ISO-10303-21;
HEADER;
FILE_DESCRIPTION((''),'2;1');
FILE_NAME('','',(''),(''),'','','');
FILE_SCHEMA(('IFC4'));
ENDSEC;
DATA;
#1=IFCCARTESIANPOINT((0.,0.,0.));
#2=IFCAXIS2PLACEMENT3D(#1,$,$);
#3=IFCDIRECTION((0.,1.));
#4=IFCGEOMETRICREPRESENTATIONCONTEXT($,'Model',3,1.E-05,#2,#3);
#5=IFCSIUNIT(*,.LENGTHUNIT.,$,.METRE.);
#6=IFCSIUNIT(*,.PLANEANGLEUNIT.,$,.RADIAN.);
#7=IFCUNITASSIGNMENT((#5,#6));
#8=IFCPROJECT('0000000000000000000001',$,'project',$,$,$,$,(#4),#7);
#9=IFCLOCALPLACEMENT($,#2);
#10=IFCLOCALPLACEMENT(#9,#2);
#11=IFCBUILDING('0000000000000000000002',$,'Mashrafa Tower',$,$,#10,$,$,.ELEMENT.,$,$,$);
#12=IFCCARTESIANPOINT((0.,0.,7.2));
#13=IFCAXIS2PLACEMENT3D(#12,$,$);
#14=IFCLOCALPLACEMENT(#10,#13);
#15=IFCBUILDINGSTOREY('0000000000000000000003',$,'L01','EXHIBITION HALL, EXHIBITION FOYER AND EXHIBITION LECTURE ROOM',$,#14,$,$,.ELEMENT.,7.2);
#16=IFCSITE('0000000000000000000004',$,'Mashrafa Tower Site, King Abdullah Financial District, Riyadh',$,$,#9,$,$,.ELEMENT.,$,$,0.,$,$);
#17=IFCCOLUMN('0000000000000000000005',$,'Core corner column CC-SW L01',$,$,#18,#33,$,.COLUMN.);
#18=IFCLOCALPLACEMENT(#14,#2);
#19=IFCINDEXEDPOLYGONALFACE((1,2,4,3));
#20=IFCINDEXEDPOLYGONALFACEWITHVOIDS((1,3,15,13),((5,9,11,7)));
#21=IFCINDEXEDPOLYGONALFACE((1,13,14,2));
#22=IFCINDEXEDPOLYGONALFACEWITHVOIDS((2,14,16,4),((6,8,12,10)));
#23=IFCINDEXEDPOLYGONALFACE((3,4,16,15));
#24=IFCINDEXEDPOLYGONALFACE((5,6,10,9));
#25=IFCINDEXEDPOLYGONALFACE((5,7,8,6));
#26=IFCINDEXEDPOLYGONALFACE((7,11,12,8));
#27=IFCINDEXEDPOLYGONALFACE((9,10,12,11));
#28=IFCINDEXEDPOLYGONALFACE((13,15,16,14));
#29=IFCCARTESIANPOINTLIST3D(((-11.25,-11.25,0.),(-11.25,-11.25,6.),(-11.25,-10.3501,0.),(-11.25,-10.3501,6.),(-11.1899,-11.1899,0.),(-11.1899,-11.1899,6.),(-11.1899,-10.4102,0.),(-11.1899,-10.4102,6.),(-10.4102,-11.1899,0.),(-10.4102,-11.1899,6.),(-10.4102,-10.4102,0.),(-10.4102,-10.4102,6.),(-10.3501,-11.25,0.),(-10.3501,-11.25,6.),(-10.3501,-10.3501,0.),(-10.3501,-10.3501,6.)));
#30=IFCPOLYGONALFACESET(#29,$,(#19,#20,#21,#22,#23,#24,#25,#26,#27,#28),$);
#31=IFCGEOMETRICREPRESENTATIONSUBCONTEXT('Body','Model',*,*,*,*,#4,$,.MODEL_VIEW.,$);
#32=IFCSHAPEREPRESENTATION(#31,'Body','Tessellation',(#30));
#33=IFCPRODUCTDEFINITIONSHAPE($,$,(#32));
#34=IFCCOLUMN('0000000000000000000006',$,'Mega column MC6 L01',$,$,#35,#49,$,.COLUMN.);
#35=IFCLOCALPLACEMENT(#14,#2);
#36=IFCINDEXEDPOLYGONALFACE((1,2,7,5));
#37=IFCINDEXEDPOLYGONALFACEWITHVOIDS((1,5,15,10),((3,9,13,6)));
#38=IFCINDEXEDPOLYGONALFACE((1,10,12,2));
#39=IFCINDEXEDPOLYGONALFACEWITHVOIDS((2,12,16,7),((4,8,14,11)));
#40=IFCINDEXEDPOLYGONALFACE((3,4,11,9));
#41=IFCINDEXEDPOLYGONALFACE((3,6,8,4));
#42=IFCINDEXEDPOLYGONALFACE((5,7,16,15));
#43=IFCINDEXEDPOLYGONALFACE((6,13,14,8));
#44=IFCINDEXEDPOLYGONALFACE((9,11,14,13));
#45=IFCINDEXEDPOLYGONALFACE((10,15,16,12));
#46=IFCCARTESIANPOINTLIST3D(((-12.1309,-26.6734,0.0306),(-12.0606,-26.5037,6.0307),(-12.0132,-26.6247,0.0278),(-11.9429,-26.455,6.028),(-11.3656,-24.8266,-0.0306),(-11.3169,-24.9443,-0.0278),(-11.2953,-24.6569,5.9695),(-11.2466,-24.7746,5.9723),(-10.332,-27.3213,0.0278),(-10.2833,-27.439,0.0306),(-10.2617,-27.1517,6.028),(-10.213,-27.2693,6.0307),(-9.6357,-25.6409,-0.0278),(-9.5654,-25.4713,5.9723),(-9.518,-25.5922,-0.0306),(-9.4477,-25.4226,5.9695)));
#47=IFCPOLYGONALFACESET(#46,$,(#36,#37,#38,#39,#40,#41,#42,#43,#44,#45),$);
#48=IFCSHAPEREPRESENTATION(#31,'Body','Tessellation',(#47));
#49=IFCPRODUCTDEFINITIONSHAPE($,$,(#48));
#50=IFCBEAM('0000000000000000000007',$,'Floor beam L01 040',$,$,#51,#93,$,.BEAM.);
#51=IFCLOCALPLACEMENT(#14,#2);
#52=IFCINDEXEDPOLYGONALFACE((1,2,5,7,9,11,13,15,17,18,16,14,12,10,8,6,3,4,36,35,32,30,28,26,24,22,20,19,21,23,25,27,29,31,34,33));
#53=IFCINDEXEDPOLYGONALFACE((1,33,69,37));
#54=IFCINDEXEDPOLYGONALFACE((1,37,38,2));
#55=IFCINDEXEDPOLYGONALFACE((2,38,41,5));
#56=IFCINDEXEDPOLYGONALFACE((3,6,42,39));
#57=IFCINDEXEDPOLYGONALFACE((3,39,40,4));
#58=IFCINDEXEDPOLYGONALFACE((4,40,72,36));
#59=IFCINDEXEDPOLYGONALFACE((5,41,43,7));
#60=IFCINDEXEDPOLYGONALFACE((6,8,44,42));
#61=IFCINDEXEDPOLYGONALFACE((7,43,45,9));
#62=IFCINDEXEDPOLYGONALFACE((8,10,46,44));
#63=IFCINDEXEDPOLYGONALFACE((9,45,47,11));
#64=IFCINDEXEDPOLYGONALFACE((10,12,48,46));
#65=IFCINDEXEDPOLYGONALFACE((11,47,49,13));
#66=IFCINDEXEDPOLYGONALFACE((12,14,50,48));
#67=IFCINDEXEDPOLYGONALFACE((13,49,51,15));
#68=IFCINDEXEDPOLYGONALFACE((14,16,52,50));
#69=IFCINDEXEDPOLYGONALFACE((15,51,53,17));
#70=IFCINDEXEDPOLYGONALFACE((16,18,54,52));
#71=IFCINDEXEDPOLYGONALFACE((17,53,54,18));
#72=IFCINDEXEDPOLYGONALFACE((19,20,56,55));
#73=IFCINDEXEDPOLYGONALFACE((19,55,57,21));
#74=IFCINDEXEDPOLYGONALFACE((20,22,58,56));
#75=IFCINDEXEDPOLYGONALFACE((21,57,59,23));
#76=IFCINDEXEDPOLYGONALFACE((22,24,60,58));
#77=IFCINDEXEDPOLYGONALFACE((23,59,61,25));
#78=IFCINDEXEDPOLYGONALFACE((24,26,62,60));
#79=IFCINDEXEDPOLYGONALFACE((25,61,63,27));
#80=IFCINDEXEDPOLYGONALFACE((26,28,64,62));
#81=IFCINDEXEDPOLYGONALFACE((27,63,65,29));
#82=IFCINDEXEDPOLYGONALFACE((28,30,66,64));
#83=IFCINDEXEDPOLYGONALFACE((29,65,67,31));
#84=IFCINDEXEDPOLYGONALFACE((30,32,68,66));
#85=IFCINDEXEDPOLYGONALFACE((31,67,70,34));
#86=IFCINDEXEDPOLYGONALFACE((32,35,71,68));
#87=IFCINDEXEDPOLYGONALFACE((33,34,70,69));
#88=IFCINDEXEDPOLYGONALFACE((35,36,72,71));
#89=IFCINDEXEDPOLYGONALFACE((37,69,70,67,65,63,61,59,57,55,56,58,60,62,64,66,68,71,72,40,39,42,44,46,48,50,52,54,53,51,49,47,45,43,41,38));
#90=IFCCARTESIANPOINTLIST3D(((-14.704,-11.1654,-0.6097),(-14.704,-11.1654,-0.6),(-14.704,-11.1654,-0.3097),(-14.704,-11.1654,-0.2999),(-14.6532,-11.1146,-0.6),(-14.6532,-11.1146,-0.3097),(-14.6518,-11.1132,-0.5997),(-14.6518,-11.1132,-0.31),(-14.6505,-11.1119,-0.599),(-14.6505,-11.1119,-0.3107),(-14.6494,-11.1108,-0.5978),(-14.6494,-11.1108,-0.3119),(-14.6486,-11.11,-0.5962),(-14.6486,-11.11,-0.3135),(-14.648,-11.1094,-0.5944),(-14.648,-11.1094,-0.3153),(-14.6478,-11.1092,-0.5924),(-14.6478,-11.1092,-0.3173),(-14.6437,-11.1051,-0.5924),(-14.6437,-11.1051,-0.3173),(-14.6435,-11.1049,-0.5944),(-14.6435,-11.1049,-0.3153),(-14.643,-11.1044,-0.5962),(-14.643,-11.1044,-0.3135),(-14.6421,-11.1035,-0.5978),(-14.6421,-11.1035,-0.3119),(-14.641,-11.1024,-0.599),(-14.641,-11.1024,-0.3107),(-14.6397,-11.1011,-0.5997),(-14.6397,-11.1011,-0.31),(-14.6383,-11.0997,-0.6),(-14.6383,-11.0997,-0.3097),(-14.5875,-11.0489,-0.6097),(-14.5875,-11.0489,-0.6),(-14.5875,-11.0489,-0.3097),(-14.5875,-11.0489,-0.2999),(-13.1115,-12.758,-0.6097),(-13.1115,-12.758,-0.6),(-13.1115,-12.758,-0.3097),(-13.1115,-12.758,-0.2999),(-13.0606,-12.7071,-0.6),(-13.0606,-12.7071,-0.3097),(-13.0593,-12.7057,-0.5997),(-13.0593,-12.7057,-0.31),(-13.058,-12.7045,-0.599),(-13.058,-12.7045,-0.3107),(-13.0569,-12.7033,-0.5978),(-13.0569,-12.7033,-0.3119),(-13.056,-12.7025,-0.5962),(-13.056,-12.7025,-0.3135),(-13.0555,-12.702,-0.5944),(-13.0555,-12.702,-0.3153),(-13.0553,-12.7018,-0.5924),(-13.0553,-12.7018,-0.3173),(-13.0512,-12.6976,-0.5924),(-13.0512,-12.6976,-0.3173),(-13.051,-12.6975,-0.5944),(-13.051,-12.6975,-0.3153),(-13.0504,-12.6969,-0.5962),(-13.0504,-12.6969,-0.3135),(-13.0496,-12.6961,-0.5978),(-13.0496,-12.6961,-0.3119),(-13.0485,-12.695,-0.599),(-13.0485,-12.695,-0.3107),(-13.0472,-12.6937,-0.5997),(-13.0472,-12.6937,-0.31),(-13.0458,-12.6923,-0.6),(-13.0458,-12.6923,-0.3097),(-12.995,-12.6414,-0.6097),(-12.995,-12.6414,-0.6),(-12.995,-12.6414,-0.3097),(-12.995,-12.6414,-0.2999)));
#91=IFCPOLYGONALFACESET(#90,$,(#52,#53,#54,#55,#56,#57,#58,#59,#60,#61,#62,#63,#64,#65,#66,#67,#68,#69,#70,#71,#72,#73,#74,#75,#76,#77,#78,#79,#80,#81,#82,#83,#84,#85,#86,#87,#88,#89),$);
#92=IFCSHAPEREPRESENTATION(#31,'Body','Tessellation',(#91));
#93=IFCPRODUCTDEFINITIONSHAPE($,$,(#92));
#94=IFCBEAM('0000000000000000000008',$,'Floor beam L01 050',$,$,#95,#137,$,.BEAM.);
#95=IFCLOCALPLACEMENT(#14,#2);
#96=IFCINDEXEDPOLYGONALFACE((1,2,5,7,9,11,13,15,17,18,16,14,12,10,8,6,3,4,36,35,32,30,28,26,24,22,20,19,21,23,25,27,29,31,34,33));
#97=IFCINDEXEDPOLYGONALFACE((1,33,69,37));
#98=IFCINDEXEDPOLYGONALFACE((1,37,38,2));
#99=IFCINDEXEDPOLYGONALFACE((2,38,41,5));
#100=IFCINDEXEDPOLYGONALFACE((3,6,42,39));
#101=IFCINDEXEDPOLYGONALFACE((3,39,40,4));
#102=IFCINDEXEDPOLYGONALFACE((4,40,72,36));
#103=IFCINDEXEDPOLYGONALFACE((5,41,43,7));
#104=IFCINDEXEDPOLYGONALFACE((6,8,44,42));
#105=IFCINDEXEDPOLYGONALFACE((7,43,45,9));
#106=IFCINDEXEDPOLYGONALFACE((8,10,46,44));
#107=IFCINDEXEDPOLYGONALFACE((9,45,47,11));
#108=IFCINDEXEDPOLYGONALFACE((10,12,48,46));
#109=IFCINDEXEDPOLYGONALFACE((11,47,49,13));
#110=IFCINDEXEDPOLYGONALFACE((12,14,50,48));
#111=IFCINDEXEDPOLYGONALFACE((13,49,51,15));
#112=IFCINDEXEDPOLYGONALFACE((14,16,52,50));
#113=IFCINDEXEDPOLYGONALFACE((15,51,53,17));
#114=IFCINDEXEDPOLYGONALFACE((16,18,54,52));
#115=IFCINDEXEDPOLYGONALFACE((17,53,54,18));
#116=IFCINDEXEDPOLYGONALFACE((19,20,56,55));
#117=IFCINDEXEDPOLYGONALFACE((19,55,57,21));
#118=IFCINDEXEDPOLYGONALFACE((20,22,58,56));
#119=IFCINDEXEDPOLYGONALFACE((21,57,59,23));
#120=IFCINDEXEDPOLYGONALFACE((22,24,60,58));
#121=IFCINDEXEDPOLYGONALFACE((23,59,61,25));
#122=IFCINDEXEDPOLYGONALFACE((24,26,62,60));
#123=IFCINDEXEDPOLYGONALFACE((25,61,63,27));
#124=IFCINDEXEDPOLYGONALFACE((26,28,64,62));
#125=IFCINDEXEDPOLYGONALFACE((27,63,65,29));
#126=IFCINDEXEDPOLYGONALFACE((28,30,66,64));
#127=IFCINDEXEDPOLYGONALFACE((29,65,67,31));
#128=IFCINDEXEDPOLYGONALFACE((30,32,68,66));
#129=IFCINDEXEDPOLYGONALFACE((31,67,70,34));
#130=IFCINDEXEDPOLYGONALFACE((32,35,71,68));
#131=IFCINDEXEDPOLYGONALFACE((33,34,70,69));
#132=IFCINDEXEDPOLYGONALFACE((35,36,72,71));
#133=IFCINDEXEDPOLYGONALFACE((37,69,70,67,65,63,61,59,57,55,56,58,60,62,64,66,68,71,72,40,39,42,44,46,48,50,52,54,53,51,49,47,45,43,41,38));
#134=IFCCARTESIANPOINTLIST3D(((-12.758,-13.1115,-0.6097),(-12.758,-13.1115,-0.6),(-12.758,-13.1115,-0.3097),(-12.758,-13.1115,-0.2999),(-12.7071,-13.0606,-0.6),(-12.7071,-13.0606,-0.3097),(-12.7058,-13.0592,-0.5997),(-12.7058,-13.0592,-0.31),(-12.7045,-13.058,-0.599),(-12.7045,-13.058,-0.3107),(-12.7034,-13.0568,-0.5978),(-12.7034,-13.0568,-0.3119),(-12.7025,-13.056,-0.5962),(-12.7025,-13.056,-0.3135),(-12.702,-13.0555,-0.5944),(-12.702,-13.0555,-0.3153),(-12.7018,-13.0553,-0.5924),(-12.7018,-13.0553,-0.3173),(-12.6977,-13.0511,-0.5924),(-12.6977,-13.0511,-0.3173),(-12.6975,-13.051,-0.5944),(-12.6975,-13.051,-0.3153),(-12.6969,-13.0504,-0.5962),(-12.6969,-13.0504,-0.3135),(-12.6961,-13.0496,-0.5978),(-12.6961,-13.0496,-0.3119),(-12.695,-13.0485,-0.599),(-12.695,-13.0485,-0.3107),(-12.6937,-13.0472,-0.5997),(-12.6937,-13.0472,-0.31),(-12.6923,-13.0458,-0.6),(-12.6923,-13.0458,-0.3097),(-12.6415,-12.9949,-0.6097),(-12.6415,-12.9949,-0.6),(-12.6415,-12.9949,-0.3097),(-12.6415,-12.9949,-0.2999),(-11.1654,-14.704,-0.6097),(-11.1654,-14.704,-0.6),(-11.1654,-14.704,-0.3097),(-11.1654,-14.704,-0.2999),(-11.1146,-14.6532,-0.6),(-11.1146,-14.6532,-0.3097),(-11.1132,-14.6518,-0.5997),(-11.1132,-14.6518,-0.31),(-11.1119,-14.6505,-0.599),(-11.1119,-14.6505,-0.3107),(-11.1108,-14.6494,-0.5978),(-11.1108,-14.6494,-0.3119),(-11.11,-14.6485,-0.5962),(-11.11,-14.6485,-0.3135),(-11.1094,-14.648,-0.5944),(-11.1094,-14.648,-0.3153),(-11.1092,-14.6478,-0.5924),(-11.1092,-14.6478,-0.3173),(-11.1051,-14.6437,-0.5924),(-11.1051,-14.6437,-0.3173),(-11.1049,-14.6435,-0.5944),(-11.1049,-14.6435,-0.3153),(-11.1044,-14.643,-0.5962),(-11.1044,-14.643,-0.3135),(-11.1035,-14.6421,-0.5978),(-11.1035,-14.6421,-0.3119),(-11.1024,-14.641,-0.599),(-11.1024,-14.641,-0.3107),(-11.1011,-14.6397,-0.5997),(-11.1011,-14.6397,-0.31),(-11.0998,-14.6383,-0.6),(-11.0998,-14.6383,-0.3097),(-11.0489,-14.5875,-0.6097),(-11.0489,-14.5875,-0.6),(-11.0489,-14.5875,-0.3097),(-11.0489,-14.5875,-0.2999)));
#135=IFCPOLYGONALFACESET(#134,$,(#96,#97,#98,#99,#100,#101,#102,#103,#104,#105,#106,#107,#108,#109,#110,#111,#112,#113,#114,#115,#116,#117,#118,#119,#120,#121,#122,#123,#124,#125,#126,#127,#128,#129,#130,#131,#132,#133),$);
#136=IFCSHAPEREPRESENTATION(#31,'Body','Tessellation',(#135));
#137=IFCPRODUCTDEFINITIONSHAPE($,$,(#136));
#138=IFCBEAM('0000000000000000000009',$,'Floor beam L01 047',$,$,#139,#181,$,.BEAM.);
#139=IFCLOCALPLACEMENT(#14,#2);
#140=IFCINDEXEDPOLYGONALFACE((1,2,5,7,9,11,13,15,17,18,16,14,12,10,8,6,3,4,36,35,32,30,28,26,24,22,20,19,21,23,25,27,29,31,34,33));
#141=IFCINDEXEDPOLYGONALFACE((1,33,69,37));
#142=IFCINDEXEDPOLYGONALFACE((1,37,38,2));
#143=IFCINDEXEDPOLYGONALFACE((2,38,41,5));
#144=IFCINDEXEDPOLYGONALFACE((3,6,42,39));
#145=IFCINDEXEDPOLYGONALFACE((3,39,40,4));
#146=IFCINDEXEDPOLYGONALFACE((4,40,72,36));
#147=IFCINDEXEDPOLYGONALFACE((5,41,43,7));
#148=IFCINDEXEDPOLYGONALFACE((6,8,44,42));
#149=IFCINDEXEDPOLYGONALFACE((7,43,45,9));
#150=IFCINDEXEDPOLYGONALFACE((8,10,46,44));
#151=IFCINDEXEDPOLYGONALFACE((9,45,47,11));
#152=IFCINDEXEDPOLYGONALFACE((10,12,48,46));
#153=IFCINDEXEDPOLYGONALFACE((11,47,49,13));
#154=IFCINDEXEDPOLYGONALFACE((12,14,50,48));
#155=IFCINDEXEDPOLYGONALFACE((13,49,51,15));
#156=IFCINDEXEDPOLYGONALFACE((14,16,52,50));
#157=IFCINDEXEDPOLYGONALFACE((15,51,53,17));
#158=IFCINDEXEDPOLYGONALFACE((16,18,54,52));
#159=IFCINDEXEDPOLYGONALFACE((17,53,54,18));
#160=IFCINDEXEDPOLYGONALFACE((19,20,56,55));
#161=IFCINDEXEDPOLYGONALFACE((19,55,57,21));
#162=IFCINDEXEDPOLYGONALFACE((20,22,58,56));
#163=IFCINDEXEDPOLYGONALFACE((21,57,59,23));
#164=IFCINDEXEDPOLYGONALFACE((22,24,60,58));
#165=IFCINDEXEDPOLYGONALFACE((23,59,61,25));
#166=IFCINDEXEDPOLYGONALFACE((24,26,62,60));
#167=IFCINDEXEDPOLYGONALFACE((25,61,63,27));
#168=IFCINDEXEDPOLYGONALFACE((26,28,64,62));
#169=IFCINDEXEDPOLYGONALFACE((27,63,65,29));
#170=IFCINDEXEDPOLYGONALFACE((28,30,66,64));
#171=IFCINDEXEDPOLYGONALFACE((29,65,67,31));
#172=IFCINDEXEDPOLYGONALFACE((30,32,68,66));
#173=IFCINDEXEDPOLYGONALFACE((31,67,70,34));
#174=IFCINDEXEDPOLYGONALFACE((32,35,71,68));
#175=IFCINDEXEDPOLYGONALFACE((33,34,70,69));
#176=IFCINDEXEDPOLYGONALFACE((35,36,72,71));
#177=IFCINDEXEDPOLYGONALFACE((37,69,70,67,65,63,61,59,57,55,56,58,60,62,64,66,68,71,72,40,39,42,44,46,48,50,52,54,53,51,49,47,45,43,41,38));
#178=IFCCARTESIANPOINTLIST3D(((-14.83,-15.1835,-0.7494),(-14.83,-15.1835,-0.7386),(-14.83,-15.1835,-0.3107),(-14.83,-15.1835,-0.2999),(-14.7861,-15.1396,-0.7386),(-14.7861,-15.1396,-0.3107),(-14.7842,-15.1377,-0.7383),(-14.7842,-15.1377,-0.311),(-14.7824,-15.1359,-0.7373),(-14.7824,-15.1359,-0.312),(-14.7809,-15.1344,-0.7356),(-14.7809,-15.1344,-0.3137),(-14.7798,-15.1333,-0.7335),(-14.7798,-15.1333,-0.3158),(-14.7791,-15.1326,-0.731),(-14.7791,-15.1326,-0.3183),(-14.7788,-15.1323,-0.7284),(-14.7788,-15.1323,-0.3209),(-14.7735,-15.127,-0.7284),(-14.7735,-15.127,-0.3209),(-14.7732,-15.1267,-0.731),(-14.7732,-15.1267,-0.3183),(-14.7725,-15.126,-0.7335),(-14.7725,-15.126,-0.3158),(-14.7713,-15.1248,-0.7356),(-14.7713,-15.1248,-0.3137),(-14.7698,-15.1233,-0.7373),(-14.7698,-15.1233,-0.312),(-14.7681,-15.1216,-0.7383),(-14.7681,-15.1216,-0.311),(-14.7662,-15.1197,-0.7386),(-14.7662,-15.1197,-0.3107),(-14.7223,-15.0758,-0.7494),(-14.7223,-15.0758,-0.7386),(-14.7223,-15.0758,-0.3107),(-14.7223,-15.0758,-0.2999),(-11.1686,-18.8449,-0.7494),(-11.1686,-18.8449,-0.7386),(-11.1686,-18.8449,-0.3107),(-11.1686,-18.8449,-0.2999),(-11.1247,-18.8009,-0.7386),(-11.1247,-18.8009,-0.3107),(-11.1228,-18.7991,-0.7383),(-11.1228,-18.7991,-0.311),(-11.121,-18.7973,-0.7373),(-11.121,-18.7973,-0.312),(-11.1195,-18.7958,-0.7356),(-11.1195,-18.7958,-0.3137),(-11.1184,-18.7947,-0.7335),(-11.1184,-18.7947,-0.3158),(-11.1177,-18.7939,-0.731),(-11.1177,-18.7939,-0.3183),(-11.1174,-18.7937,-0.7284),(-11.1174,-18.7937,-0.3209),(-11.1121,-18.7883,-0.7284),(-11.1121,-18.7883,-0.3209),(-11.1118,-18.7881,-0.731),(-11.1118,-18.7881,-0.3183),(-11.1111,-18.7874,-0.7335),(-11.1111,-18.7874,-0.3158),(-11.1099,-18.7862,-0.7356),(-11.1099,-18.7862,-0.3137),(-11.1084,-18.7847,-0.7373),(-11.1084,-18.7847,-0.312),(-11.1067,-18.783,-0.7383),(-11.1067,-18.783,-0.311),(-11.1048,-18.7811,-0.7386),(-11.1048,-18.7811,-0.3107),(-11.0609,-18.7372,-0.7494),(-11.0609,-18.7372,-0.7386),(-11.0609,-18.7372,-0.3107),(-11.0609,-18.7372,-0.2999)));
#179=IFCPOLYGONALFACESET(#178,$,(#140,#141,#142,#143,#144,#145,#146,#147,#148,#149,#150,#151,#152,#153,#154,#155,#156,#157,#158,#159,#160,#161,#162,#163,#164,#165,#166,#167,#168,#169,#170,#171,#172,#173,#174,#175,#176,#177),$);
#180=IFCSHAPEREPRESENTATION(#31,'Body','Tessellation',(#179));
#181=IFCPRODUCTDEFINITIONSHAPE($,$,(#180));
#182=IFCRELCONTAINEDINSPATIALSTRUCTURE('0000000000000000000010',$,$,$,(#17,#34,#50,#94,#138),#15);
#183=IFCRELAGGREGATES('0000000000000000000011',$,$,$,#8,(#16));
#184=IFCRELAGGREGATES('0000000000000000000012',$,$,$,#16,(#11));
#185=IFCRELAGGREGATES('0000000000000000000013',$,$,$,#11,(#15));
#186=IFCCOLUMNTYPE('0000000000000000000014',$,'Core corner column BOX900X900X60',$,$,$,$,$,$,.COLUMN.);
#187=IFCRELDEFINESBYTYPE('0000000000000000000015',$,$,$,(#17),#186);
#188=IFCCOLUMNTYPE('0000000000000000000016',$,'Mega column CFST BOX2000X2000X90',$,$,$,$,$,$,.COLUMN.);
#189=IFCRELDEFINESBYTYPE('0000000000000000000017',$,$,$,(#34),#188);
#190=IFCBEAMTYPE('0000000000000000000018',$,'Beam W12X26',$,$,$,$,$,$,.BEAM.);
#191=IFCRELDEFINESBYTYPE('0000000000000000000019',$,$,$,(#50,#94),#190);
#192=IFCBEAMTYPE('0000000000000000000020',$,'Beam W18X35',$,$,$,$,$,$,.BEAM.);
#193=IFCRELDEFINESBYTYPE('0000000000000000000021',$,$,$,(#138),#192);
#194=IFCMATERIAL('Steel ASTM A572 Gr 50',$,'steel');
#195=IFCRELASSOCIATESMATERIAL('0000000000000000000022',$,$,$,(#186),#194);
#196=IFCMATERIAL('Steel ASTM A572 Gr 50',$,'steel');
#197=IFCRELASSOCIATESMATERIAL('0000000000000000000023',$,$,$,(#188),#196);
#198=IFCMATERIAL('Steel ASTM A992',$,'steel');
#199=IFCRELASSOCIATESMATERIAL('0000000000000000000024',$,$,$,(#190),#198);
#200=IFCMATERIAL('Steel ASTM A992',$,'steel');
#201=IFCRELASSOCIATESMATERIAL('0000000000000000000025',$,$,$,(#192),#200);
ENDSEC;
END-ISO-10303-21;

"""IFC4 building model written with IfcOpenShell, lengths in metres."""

from ifc_helpers import new_model, si_unit, direction, frame, origin, origin_2d, place, context, subcontext, project, spatial, hollow_rectangle, i_section, extrude, material, material_profile, profile_set, type_object, element, save


model = new_model("IFC4")

# Units and contexts
model_context = context("Model", 3, precision=1e-05, world=origin(), true_north=direction((0.0, 1.0)))
body_context = subcontext(model_context, "Body", "Model", "MODEL_VIEW")
ifc_project = project(units=[si_unit("LENGTHUNIT", "METRE"), si_unit("PLANEANGLEUNIT", "RADIAN")], contexts=[model_context])

# Site, building, storey
site_placement = place(None, origin())
site = spatial("IfcSite", under=ifc_project, at=site_placement, Name="Mashrafa Tower Site, King Abdullah Financial District, Riyadh", CompositionType="ELEMENT", RefElevation=0.0)
building_placement = place(site_placement, origin())
building = spatial("IfcBuilding", under=site, at=building_placement, Name="Mashrafa Tower", CompositionType="ELEMENT")
storey_placement = place(building_placement, frame((0.0, 0.0, 7.2)))
storey = spatial("IfcBuildingStorey", under=building, at=storey_placement, Name="L01", Description="EXHIBITION HALL, EXHIBITION FOYER AND EXHIBITION LECTURE ROOM", CompositionType="ELEMENT", Elevation=7.2)

# Columns
ifc_material_1 = material(Name="Steel ASTM A572 Gr 50", Category="steel")
ifc_material_profile_1 = material_profile(ifc_material_1, hollow_rectangle(XDim=0.8999, YDim=0.8999, WallThickness=0.0601, at=origin_2d()), Name="BOX900X900X60")
ifc_profile_set_1 = profile_set([ifc_material_profile_1], Name="Steel ASTM A572 Gr 50")
column_type_1 = type_object("IfcColumnType", Name="Core corner column BOX900X900X60", PredefinedType="COLUMN", material=ifc_profile_set_1)
column_1_placement = place(storey_placement, frame((-10.8, -10.8, 0.0), z_axis=(0.0, 0.0, 1.0), x_axis=(1.0, 0.0, 0.0)))
element("IfcColumn", 1, at=column_1_placement, inside=storey, type_object=column_type_1, Name="Core corner column CC-SW L01", PredefinedType="COLUMN", context=body_context, shape_type="SweptSolid", body=[
    extrude(hollow_rectangle(XDim=0.8999, YDim=0.8999, WallThickness=0.0601, at=origin_2d()), origin(), (0.0, 0.0, 1.0), 6.0),
])
ifc_material_2 = material(Name="Steel ASTM A572 Gr 50", Category="steel")
ifc_material_profile_2 = material_profile(ifc_material_2, hollow_rectangle(XDim=2.0, YDim=2.0, WallThickness=0.0901, at=origin_2d()), Name="BOX2000X2000X90")
ifc_profile_set_2 = profile_set([ifc_material_profile_2], Name="Steel ASTM A572 Gr 50")
column_type_2 = type_object("IfcColumnType", Name="Mega column CFST BOX2000X2000X90", PredefinedType="COLUMN", material=ifc_profile_set_2)
column_2_placement = place(storey_placement, frame((-10.8245, -26.1328, 0.0), z_axis=(0.011713, 0.028266, 0.999532), x_axis=(-0.923822, 0.382821, 0.0)))
element("IfcColumn", 2, at=column_2_placement, inside=storey, type_object=column_type_2, Name="Mega column MC6 L01", PredefinedType="COLUMN", context=body_context, shape_type="SweptSolid", body=[
    extrude(hollow_rectangle(XDim=2.0, YDim=2.0, WallThickness=0.0901, at=origin_2d()), origin(), (0.0, 0.0, 1.0), 6.0029),
])

# Beams
ifc_material_3 = material(Name="Steel ASTM A992", Category="steel")
ifc_material_profile_3 = material_profile(ifc_material_3, i_section(OverallWidth=0.1648, OverallDepth=0.3098, WebThickness=0.0059, FlangeThickness=0.0098, FilletRadius=0.0076, at=origin_2d()), Name="W12X26")
ifc_profile_set_3 = profile_set([ifc_material_profile_3], Name="Steel ASTM A992")
beam_type_1 = type_object("IfcBeamType", Name="Beam W12X26", PredefinedType="BEAM", material=ifc_profile_set_3)
for number, where, z_axis, x_axis, name in (
    (3, (-13.0532, -12.6997, -0.4548), (-0.707107, 0.707107, 0.0), (-0.707107, -0.707107, 0.0), "Floor beam L01 040"),
    (4, (-11.1072, -14.6458, -0.4548), (-0.707107, 0.707107, 0.0), (-0.707107, -0.707107, 0.0), "Floor beam L01 050"),
):
    element("IfcBeam", number, at=place(storey_placement, frame(where, z_axis=z_axis, x_axis=x_axis)), inside=storey, type_object=beam_type_1, Name=name, PredefinedType="BEAM", context=body_context, shape_type="SweptSolid", body=[
        extrude(i_section(OverallWidth=0.1648, OverallDepth=0.3098, WebThickness=0.0059, FlangeThickness=0.0098, FilletRadius=0.0076, at=origin_2d()), origin(), (0.0, 0.0, 1.0), 2.2522),
    ])
ifc_material_4 = material(Name="Steel ASTM A992", Category="steel")
ifc_material_profile_4 = material_profile(ifc_material_4, i_section(OverallWidth=0.1523, OverallDepth=0.4495, WebThickness=0.0076, FlangeThickness=0.0107, FilletRadius=0.0103, at=origin_2d()), Name="W18X35")
ifc_profile_set_4 = profile_set([ifc_material_profile_4], Name="Steel ASTM A992")
beam_type_2 = type_object("IfcBeamType", Name="Beam W18X35", PredefinedType="BEAM", material=ifc_profile_set_4)
beam_1_placement = place(storey_placement, frame((-11.1147, -18.791, -0.5247), z_axis=(-0.707107, 0.707107, 0.0), x_axis=(-0.707107, -0.707107, 0.0)))
element("IfcBeam", 5, at=beam_1_placement, inside=storey, type_object=beam_type_2, Name="Floor beam L01 047", PredefinedType="BEAM", context=body_context, shape_type="SweptSolid", body=[
    extrude(i_section(OverallWidth=0.1523, OverallDepth=0.4495, WebThickness=0.0076, FlangeThickness=0.0107, FilletRadius=0.0103, at=origin_2d()), origin(), (0.0, 0.0, 1.0), 5.178),
])

save(model, "model.ifc")
